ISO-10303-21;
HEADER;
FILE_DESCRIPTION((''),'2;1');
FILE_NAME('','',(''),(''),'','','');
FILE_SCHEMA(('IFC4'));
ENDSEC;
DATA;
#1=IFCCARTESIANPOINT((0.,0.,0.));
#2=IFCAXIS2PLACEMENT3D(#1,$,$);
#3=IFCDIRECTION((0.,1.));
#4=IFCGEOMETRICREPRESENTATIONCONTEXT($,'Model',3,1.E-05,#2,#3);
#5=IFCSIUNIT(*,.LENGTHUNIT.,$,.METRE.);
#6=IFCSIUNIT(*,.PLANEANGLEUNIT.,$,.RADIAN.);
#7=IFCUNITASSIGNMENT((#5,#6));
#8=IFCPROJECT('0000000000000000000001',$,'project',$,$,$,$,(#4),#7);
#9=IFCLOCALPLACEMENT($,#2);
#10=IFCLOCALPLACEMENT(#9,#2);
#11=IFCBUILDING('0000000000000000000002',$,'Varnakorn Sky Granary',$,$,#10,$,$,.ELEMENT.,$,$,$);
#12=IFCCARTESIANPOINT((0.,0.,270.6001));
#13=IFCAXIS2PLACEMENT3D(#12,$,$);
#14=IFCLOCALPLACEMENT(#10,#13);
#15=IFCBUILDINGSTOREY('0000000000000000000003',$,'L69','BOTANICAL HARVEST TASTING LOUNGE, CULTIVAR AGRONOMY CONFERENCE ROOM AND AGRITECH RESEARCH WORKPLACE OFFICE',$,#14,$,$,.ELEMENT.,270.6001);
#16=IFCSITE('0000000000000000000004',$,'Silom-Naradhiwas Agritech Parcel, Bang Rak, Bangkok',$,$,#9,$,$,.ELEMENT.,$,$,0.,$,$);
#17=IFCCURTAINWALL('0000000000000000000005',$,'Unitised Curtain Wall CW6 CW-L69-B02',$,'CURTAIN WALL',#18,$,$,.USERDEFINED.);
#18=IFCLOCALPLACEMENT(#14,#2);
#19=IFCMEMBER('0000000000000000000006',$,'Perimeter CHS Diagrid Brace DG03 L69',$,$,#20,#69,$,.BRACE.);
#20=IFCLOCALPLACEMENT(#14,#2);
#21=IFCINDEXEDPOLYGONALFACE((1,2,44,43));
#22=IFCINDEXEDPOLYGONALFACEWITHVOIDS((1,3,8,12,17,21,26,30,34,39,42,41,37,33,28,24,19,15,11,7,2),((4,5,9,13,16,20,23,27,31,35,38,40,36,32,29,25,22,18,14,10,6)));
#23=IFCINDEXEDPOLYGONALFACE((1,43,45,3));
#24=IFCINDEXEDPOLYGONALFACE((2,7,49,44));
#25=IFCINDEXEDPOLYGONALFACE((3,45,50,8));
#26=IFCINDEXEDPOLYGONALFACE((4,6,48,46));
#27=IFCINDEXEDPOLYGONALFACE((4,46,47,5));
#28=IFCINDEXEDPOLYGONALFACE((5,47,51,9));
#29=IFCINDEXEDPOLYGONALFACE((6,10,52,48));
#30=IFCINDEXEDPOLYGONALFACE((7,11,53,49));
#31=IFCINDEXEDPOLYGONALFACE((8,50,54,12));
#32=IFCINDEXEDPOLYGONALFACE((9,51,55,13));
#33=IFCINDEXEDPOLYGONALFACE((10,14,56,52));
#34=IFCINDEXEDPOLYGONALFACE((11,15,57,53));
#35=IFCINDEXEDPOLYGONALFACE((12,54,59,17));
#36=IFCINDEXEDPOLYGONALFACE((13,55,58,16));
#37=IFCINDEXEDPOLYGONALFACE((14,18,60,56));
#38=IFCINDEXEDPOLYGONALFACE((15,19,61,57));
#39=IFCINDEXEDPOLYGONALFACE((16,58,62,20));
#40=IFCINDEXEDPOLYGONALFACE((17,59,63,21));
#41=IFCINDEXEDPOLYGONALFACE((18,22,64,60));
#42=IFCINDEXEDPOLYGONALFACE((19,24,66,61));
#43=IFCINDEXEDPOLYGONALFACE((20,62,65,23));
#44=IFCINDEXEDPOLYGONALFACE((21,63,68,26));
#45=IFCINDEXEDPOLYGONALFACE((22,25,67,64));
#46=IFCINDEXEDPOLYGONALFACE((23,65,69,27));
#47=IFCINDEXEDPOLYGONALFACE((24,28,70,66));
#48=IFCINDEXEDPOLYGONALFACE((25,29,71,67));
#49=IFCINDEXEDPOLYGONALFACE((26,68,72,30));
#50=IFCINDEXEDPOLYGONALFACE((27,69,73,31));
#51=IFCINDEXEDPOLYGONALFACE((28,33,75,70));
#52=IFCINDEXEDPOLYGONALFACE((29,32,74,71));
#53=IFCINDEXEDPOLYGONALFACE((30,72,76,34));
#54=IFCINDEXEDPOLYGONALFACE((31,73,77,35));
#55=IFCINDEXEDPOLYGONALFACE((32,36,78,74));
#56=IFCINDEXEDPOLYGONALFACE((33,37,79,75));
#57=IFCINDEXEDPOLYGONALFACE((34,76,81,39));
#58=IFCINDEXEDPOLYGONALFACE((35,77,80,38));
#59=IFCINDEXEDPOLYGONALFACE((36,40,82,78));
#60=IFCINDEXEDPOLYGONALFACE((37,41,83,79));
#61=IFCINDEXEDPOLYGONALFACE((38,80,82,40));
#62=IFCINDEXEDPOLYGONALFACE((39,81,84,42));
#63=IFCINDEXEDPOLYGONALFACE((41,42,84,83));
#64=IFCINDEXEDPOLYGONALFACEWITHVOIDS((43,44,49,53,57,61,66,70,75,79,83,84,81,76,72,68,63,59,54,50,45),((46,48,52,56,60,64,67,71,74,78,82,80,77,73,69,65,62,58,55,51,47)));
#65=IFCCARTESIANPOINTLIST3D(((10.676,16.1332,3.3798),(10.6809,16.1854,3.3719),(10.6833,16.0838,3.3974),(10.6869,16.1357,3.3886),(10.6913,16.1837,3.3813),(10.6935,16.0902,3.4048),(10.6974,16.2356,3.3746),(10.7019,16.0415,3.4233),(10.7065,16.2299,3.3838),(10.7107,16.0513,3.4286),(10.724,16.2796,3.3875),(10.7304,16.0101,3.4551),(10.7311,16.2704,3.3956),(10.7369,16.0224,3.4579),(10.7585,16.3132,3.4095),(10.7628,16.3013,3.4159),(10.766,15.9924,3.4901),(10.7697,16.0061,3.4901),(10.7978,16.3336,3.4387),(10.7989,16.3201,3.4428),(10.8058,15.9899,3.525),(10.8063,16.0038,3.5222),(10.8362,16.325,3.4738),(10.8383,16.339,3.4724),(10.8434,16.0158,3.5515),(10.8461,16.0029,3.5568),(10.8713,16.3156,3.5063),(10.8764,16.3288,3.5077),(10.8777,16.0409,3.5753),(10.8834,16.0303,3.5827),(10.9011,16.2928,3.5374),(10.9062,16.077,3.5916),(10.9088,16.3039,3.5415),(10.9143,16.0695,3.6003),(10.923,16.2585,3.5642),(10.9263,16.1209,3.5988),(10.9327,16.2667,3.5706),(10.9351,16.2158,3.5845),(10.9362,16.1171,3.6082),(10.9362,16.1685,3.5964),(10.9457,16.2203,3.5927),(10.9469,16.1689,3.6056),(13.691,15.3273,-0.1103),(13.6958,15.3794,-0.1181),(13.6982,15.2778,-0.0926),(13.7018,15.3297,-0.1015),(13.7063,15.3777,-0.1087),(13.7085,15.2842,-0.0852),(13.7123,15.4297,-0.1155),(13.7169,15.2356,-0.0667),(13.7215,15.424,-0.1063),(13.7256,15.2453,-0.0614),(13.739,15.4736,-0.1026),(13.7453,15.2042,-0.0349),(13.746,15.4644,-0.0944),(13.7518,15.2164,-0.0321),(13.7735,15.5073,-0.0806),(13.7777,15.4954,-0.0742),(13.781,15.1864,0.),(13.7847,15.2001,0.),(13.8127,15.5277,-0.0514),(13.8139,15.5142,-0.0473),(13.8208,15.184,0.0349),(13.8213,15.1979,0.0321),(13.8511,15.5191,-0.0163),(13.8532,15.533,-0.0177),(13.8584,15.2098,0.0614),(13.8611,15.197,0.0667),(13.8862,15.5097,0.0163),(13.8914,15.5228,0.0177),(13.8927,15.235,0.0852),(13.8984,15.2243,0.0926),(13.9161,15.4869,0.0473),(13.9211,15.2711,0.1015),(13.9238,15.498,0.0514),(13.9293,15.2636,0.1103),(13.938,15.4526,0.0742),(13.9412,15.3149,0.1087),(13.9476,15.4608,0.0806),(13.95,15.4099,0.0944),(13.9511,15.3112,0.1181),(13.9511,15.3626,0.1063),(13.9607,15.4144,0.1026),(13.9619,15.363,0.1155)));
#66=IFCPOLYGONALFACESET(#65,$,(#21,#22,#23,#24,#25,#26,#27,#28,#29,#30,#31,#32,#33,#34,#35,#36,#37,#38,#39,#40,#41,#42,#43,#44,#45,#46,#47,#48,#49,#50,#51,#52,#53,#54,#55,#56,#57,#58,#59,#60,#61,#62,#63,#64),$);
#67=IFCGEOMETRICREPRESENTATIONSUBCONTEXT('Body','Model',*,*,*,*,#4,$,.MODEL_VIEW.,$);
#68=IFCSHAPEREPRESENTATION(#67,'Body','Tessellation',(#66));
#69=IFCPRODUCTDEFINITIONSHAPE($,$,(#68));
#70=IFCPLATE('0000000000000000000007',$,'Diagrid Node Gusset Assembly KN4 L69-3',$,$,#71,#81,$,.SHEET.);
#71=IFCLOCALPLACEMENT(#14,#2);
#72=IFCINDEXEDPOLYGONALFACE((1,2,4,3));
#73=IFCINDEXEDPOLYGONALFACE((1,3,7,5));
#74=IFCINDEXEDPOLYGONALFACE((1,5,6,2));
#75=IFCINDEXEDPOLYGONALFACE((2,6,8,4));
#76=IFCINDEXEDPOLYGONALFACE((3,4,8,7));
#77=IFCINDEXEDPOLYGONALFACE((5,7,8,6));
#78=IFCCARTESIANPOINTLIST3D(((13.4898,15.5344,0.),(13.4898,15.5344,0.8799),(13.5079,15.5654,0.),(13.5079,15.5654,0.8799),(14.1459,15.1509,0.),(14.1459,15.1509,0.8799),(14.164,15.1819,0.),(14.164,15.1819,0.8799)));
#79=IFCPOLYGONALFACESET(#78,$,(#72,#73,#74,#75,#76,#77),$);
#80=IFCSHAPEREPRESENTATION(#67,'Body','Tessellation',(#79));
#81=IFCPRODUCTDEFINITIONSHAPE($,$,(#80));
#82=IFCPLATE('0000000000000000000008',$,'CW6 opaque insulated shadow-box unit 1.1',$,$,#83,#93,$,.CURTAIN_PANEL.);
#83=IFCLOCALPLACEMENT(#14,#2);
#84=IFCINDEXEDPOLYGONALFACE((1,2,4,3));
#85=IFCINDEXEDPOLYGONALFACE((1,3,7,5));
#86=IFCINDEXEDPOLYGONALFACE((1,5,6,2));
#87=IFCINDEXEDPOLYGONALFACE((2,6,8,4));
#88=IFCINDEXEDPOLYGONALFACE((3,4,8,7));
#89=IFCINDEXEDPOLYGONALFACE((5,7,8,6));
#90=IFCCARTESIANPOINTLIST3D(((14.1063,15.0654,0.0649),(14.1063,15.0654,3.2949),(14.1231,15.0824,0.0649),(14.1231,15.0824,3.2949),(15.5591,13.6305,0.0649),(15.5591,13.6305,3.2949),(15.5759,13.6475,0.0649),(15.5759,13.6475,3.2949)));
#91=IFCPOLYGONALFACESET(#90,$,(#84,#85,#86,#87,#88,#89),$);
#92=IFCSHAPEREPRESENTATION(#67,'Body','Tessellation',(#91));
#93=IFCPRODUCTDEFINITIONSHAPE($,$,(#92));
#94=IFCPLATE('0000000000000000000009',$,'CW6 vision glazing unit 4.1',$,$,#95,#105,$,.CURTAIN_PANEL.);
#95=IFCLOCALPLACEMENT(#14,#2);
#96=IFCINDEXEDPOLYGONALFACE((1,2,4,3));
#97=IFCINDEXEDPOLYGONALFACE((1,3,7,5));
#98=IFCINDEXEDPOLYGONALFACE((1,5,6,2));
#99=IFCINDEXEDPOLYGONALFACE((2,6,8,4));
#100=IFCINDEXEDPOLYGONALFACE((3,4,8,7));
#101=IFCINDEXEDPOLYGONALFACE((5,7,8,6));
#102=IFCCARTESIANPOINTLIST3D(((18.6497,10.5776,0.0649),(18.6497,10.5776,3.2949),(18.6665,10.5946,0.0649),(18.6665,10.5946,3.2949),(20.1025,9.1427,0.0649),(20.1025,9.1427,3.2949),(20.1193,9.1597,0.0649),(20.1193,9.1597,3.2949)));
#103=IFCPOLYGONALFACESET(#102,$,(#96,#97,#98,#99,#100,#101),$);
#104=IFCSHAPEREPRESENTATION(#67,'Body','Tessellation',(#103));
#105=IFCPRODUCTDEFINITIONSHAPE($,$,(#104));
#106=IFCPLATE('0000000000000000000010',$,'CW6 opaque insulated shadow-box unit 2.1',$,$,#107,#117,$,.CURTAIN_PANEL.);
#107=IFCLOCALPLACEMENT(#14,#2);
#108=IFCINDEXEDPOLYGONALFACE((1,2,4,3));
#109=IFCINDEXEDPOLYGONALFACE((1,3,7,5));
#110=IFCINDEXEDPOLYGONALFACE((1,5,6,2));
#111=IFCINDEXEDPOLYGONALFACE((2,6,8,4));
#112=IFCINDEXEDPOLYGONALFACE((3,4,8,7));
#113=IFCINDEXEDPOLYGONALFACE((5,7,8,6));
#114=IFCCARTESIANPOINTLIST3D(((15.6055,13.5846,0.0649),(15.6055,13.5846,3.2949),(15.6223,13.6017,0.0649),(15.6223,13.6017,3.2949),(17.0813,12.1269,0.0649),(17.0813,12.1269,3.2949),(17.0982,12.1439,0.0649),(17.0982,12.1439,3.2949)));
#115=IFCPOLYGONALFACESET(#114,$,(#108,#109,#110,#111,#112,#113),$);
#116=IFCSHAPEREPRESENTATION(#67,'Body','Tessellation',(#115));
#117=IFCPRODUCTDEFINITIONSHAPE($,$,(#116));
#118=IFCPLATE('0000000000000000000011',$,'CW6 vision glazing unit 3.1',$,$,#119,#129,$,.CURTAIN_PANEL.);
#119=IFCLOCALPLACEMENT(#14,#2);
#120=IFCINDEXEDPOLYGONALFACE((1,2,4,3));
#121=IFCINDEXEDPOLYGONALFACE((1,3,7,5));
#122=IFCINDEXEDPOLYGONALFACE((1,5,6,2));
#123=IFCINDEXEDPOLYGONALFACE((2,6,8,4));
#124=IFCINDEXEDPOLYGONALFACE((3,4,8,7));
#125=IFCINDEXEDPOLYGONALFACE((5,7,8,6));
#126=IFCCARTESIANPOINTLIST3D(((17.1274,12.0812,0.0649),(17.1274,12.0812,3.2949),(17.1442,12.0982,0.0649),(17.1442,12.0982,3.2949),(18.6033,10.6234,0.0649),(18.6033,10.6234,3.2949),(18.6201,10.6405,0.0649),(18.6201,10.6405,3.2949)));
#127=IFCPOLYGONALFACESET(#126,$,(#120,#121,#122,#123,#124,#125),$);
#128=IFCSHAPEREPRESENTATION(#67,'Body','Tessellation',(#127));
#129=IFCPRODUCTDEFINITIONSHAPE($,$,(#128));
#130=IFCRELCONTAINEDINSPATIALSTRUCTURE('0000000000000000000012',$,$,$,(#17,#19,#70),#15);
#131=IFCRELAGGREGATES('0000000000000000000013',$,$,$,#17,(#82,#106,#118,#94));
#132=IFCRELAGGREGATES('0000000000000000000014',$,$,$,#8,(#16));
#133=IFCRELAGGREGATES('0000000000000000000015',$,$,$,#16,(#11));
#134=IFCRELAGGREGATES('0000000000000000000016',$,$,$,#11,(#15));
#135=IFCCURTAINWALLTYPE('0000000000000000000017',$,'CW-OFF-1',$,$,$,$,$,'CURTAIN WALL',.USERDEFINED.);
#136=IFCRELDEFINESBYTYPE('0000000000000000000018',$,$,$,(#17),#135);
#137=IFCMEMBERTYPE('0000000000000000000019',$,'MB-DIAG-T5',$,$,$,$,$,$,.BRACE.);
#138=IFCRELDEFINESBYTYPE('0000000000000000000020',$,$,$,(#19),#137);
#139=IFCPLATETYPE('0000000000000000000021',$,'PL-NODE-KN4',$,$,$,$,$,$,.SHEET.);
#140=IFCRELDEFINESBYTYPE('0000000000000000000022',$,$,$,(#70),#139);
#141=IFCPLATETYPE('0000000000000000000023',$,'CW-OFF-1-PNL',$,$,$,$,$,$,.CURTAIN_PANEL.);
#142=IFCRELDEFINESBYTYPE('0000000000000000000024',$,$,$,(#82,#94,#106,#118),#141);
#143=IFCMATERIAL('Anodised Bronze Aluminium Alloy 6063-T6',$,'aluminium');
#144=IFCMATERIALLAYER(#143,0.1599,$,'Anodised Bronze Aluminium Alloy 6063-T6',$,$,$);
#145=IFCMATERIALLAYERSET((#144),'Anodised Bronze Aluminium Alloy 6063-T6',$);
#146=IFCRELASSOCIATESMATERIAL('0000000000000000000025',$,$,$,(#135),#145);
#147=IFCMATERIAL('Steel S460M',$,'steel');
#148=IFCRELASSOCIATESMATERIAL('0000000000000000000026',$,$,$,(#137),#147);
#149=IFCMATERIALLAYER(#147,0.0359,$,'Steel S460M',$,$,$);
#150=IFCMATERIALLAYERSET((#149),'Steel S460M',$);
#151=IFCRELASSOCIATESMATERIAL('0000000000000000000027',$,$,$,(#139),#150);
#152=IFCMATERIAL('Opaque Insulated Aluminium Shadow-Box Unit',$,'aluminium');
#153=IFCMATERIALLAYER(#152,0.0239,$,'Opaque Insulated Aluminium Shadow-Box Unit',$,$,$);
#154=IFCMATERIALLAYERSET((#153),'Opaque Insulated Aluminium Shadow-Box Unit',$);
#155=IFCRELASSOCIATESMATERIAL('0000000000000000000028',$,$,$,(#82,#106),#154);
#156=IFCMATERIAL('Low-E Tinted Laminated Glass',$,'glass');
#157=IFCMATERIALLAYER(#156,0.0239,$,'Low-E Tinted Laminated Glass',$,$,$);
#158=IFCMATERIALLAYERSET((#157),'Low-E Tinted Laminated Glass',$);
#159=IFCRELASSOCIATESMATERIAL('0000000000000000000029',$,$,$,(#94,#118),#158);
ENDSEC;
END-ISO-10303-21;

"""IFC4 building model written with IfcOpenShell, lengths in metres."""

from ifc_helpers import new_model, si_unit, direction, frame, origin, origin_2d, place, context, subcontext, project, spatial, rectangle, hollow_circle, extrude, source, transform, mapped, material, layer, layer_set, material_profile, profile_set, type_object, type_shapes, element, aggregate, save


model = new_model("IFC4")

# Units and contexts
model_context = context("Model", 3, precision=1e-05, world=origin(), true_north=direction((0.0, 1.0)))
body_context = subcontext(model_context, "Body", "Model", "MODEL_VIEW")
ifc_project = project(units=[si_unit("LENGTHUNIT", "METRE"), si_unit("PLANEANGLEUNIT", "RADIAN")], contexts=[model_context])

# Site, building, storey
site_placement = place(None, origin())
site = spatial("IfcSite", under=ifc_project, at=site_placement, Name="Silom-Naradhiwas Agritech Parcel, Bang Rak, Bangkok", CompositionType="ELEMENT", RefElevation=0.0)
building_placement = place(site_placement, origin())
building = spatial("IfcBuilding", under=site, at=building_placement, Name="Varnakorn Sky Granary", CompositionType="ELEMENT")
storey_placement = place(building_placement, frame((0.0, 0.0, 270.6001)))
storey = spatial("IfcBuildingStorey", under=building, at=storey_placement, Name="L69", Description="BOTANICAL HARVEST TASTING LOUNGE, CULTIVAR AGRONOMY CONFERENCE ROOM AND AGRITECH RESEARCH WORKPLACE OFFICE", CompositionType="ELEMENT", Elevation=270.6001)

# Shared definitions
ifc_material_1 = material(Name="Steel S460M", Category="steel")

# Curtain wall
ifc_material_2 = material(Name="Anodised Bronze Aluminium Alloy 6063-T6", Category="aluminium")
ifc_layer_1 = layer(ifc_material_2, 0.1599, Name="Anodised Bronze Aluminium Alloy 6063-T6")
ifc_layer_set_1 = layer_set([ifc_layer_1], Name="Anodised Bronze Aluminium Alloy 6063-T6")
curtain_wall_type = type_object("IfcCurtainWallType", Name="CW-OFF-1", ElementType="CURTAIN WALL", PredefinedType="USERDEFINED", material=ifc_layer_set_1)
curtain_wall_placement = place(storey_placement, origin())
curtain_wall = element("IfcCurtainWall", 1, at=curtain_wall_placement, inside=storey, type_object=curtain_wall_type, Name="Unitised Curtain Wall CW6 CW-L69-B02", ObjectType="CURTAIN WALL", PredefinedType="USERDEFINED")

# Member
ifc_material_profile_1 = material_profile(ifc_material_1, hollow_circle(Radius=0.1777, WallThickness=0.0142, at=origin_2d()), Name="CHS 355.6x14")
ifc_profile_set_1 = profile_set([ifc_material_profile_1], Name="Steel S460M")
member_type_1 = type_object("IfcMemberType", Name="MB-DIAG-T5", PredefinedType="BRACE", material=ifc_profile_set_1)
member_1_placement = place(storey_placement, frame((13.8269, 15.3582, 0.0), z_axis=(-0.643962, 0.172137, 0.74544), x_axis=(-0.258242, -0.96608, 0.0)))
element("IfcMember", 2, at=member_1_placement, inside=storey, type_object=member_type_1, Name="Perimeter CHS Diagrid Brace DG03 L69", PredefinedType="BRACE", context=body_context, shape_type="SweptSolid", body=[
    extrude(hollow_circle(Radius=0.1777, WallThickness=0.0142, at=origin_2d()), origin(), (0.0, 0.0, 1.0), 4.6819),
])

# Plates
ifc_layer_2 = layer(ifc_material_1, 0.0359, Name="Steel S460M")
ifc_layer_set_2 = layer_set([ifc_layer_2], Name="Steel S460M")
plate_type_1 = type_object("IfcPlateType", Name="PL-NODE-KN4", PredefinedType="SHEET", material=ifc_layer_set_2)
plate_1_placement = place(storey_placement, frame((13.8269, 15.3582, 0.0), z_axis=(0.0, 0.0, 1.0), x_axis=(-0.863336, 0.50463, 0.0)))
element("IfcPlate", 3, at=plate_1_placement, inside=storey, type_object=plate_type_1, Name="Diagrid Node Gusset Assembly KN4 L69-3", PredefinedType="SHEET", context=body_context, shape_type="SweptSolid", body=[
    extrude(rectangle(XDim=0.76, YDim=0.0359, at=origin_2d()), origin(), (0.0, 0.0, 1.0), 0.8799),
])
ifc_material_3 = material(Name="Opaque Insulated Aluminium Shadow-Box Unit", Category="aluminium")
ifc_layer_3 = layer(ifc_material_3, 0.0239, Name="Opaque Insulated Aluminium Shadow-Box Unit")
ifc_layer_set_3 = layer_set([ifc_layer_3], Name="Opaque Insulated Aluminium Shadow-Box Unit")
plate_type_2 = type_object("IfcPlateType", Name="CW-OFF-1-PNL", PredefinedType="CURTAIN_PANEL")
shared_shape_1 = source(origin(), body_context, "Body", "SweptSolid", [
    extrude(rectangle(XDim=2.042, YDim=0.0239, at=origin_2d()), origin(), (0.0, 0.0, 1.0), 3.23),
])
plate_2_placement = place(storey_placement, frame((14.8411, 14.3564, 0.0649), z_axis=(0.0, 0.0, 1.0), x_axis=(0.711458, -0.702729, 0.0)))
plate_2 = element("IfcPlate", 4, at=plate_2_placement, type_object=plate_type_2, material=ifc_layer_set_3, Name="CW6 opaque insulated shadow-box unit 1.1", PredefinedType="CURTAIN_PANEL", context=body_context, shape_type="MappedRepresentation", body=[
    mapped(shared_shape_1, transform((0.0, 0.0, 0.0), x_axis=(1.0, 0.0, 0.0), y_axis=(0.0, 1.0, 0.0), z_axis=(0.0, 0.0, 1.0), scale=1.0)),
])
ifc_material_4 = material(Name="Low-E Tinted Laminated Glass", Category="glass")
ifc_layer_4 = layer(ifc_material_4, 0.0239, Name="Low-E Tinted Laminated Glass")
ifc_layer_set_4 = layer_set([ifc_layer_4], Name="Low-E Tinted Laminated Glass")
plate_3_placement = place(storey_placement, frame((19.3845, 9.8687, 0.0649), z_axis=(0.0, 0.0, 1.0), x_axis=(0.711458, -0.702729, 0.0)))
plate_3 = element("IfcPlate", 5, at=plate_3_placement, type_object=plate_type_2, material=ifc_layer_set_4, Name="CW6 vision glazing unit 4.1", PredefinedType="CURTAIN_PANEL", context=body_context, shape_type="MappedRepresentation", body=[
    mapped(shared_shape_1, transform((0.0, 0.0, 0.0), x_axis=(1.0, 0.0, 0.0), y_axis=(0.0, 1.0, 0.0), z_axis=(0.0, 0.0, 1.0), scale=1.0)),
])
shared_shape_2 = source(origin(), body_context, "Body", "SweptSolid", [
    extrude(rectangle(XDim=2.0745, YDim=0.0239, at=origin_2d()), origin(), (0.0, 0.0, 1.0), 3.23),
])
type_shapes(plate_type_2, [shared_shape_1, shared_shape_2])
plate_4_placement = place(storey_placement, frame((16.3518, 12.8643, 0.0649), z_axis=(0.0, 0.0, 1.0), x_axis=(0.711458, -0.702729, 0.0)))
plate_4 = element("IfcPlate", 6, at=plate_4_placement, type_object=plate_type_2, material=ifc_layer_set_3, Name="CW6 opaque insulated shadow-box unit 2.1", PredefinedType="CURTAIN_PANEL", context=body_context, shape_type="MappedRepresentation", body=[
    mapped(shared_shape_2, transform((0.0, 0.0, 0.0), x_axis=(1.0, 0.0, 0.0), y_axis=(0.0, 1.0, 0.0), z_axis=(0.0, 0.0, 1.0), scale=1.0)),
])
plate_5_placement = place(storey_placement, frame((17.8738, 11.3608, 0.0649), z_axis=(0.0, 0.0, 1.0), x_axis=(0.711458, -0.702729, 0.0)))
plate_5 = element("IfcPlate", 7, at=plate_5_placement, type_object=plate_type_2, material=ifc_layer_set_4, Name="CW6 vision glazing unit 3.1", PredefinedType="CURTAIN_PANEL", context=body_context, shape_type="MappedRepresentation", body=[
    mapped(shared_shape_2, transform((0.0, 0.0, 0.0), x_axis=(1.0, 0.0, 0.0), y_axis=(0.0, 1.0, 0.0), z_axis=(0.0, 0.0, 1.0), scale=1.0)),
])
aggregate(curtain_wall, [plate_2, plate_4, plate_5, plate_3])

save(model, "model.ifc")
